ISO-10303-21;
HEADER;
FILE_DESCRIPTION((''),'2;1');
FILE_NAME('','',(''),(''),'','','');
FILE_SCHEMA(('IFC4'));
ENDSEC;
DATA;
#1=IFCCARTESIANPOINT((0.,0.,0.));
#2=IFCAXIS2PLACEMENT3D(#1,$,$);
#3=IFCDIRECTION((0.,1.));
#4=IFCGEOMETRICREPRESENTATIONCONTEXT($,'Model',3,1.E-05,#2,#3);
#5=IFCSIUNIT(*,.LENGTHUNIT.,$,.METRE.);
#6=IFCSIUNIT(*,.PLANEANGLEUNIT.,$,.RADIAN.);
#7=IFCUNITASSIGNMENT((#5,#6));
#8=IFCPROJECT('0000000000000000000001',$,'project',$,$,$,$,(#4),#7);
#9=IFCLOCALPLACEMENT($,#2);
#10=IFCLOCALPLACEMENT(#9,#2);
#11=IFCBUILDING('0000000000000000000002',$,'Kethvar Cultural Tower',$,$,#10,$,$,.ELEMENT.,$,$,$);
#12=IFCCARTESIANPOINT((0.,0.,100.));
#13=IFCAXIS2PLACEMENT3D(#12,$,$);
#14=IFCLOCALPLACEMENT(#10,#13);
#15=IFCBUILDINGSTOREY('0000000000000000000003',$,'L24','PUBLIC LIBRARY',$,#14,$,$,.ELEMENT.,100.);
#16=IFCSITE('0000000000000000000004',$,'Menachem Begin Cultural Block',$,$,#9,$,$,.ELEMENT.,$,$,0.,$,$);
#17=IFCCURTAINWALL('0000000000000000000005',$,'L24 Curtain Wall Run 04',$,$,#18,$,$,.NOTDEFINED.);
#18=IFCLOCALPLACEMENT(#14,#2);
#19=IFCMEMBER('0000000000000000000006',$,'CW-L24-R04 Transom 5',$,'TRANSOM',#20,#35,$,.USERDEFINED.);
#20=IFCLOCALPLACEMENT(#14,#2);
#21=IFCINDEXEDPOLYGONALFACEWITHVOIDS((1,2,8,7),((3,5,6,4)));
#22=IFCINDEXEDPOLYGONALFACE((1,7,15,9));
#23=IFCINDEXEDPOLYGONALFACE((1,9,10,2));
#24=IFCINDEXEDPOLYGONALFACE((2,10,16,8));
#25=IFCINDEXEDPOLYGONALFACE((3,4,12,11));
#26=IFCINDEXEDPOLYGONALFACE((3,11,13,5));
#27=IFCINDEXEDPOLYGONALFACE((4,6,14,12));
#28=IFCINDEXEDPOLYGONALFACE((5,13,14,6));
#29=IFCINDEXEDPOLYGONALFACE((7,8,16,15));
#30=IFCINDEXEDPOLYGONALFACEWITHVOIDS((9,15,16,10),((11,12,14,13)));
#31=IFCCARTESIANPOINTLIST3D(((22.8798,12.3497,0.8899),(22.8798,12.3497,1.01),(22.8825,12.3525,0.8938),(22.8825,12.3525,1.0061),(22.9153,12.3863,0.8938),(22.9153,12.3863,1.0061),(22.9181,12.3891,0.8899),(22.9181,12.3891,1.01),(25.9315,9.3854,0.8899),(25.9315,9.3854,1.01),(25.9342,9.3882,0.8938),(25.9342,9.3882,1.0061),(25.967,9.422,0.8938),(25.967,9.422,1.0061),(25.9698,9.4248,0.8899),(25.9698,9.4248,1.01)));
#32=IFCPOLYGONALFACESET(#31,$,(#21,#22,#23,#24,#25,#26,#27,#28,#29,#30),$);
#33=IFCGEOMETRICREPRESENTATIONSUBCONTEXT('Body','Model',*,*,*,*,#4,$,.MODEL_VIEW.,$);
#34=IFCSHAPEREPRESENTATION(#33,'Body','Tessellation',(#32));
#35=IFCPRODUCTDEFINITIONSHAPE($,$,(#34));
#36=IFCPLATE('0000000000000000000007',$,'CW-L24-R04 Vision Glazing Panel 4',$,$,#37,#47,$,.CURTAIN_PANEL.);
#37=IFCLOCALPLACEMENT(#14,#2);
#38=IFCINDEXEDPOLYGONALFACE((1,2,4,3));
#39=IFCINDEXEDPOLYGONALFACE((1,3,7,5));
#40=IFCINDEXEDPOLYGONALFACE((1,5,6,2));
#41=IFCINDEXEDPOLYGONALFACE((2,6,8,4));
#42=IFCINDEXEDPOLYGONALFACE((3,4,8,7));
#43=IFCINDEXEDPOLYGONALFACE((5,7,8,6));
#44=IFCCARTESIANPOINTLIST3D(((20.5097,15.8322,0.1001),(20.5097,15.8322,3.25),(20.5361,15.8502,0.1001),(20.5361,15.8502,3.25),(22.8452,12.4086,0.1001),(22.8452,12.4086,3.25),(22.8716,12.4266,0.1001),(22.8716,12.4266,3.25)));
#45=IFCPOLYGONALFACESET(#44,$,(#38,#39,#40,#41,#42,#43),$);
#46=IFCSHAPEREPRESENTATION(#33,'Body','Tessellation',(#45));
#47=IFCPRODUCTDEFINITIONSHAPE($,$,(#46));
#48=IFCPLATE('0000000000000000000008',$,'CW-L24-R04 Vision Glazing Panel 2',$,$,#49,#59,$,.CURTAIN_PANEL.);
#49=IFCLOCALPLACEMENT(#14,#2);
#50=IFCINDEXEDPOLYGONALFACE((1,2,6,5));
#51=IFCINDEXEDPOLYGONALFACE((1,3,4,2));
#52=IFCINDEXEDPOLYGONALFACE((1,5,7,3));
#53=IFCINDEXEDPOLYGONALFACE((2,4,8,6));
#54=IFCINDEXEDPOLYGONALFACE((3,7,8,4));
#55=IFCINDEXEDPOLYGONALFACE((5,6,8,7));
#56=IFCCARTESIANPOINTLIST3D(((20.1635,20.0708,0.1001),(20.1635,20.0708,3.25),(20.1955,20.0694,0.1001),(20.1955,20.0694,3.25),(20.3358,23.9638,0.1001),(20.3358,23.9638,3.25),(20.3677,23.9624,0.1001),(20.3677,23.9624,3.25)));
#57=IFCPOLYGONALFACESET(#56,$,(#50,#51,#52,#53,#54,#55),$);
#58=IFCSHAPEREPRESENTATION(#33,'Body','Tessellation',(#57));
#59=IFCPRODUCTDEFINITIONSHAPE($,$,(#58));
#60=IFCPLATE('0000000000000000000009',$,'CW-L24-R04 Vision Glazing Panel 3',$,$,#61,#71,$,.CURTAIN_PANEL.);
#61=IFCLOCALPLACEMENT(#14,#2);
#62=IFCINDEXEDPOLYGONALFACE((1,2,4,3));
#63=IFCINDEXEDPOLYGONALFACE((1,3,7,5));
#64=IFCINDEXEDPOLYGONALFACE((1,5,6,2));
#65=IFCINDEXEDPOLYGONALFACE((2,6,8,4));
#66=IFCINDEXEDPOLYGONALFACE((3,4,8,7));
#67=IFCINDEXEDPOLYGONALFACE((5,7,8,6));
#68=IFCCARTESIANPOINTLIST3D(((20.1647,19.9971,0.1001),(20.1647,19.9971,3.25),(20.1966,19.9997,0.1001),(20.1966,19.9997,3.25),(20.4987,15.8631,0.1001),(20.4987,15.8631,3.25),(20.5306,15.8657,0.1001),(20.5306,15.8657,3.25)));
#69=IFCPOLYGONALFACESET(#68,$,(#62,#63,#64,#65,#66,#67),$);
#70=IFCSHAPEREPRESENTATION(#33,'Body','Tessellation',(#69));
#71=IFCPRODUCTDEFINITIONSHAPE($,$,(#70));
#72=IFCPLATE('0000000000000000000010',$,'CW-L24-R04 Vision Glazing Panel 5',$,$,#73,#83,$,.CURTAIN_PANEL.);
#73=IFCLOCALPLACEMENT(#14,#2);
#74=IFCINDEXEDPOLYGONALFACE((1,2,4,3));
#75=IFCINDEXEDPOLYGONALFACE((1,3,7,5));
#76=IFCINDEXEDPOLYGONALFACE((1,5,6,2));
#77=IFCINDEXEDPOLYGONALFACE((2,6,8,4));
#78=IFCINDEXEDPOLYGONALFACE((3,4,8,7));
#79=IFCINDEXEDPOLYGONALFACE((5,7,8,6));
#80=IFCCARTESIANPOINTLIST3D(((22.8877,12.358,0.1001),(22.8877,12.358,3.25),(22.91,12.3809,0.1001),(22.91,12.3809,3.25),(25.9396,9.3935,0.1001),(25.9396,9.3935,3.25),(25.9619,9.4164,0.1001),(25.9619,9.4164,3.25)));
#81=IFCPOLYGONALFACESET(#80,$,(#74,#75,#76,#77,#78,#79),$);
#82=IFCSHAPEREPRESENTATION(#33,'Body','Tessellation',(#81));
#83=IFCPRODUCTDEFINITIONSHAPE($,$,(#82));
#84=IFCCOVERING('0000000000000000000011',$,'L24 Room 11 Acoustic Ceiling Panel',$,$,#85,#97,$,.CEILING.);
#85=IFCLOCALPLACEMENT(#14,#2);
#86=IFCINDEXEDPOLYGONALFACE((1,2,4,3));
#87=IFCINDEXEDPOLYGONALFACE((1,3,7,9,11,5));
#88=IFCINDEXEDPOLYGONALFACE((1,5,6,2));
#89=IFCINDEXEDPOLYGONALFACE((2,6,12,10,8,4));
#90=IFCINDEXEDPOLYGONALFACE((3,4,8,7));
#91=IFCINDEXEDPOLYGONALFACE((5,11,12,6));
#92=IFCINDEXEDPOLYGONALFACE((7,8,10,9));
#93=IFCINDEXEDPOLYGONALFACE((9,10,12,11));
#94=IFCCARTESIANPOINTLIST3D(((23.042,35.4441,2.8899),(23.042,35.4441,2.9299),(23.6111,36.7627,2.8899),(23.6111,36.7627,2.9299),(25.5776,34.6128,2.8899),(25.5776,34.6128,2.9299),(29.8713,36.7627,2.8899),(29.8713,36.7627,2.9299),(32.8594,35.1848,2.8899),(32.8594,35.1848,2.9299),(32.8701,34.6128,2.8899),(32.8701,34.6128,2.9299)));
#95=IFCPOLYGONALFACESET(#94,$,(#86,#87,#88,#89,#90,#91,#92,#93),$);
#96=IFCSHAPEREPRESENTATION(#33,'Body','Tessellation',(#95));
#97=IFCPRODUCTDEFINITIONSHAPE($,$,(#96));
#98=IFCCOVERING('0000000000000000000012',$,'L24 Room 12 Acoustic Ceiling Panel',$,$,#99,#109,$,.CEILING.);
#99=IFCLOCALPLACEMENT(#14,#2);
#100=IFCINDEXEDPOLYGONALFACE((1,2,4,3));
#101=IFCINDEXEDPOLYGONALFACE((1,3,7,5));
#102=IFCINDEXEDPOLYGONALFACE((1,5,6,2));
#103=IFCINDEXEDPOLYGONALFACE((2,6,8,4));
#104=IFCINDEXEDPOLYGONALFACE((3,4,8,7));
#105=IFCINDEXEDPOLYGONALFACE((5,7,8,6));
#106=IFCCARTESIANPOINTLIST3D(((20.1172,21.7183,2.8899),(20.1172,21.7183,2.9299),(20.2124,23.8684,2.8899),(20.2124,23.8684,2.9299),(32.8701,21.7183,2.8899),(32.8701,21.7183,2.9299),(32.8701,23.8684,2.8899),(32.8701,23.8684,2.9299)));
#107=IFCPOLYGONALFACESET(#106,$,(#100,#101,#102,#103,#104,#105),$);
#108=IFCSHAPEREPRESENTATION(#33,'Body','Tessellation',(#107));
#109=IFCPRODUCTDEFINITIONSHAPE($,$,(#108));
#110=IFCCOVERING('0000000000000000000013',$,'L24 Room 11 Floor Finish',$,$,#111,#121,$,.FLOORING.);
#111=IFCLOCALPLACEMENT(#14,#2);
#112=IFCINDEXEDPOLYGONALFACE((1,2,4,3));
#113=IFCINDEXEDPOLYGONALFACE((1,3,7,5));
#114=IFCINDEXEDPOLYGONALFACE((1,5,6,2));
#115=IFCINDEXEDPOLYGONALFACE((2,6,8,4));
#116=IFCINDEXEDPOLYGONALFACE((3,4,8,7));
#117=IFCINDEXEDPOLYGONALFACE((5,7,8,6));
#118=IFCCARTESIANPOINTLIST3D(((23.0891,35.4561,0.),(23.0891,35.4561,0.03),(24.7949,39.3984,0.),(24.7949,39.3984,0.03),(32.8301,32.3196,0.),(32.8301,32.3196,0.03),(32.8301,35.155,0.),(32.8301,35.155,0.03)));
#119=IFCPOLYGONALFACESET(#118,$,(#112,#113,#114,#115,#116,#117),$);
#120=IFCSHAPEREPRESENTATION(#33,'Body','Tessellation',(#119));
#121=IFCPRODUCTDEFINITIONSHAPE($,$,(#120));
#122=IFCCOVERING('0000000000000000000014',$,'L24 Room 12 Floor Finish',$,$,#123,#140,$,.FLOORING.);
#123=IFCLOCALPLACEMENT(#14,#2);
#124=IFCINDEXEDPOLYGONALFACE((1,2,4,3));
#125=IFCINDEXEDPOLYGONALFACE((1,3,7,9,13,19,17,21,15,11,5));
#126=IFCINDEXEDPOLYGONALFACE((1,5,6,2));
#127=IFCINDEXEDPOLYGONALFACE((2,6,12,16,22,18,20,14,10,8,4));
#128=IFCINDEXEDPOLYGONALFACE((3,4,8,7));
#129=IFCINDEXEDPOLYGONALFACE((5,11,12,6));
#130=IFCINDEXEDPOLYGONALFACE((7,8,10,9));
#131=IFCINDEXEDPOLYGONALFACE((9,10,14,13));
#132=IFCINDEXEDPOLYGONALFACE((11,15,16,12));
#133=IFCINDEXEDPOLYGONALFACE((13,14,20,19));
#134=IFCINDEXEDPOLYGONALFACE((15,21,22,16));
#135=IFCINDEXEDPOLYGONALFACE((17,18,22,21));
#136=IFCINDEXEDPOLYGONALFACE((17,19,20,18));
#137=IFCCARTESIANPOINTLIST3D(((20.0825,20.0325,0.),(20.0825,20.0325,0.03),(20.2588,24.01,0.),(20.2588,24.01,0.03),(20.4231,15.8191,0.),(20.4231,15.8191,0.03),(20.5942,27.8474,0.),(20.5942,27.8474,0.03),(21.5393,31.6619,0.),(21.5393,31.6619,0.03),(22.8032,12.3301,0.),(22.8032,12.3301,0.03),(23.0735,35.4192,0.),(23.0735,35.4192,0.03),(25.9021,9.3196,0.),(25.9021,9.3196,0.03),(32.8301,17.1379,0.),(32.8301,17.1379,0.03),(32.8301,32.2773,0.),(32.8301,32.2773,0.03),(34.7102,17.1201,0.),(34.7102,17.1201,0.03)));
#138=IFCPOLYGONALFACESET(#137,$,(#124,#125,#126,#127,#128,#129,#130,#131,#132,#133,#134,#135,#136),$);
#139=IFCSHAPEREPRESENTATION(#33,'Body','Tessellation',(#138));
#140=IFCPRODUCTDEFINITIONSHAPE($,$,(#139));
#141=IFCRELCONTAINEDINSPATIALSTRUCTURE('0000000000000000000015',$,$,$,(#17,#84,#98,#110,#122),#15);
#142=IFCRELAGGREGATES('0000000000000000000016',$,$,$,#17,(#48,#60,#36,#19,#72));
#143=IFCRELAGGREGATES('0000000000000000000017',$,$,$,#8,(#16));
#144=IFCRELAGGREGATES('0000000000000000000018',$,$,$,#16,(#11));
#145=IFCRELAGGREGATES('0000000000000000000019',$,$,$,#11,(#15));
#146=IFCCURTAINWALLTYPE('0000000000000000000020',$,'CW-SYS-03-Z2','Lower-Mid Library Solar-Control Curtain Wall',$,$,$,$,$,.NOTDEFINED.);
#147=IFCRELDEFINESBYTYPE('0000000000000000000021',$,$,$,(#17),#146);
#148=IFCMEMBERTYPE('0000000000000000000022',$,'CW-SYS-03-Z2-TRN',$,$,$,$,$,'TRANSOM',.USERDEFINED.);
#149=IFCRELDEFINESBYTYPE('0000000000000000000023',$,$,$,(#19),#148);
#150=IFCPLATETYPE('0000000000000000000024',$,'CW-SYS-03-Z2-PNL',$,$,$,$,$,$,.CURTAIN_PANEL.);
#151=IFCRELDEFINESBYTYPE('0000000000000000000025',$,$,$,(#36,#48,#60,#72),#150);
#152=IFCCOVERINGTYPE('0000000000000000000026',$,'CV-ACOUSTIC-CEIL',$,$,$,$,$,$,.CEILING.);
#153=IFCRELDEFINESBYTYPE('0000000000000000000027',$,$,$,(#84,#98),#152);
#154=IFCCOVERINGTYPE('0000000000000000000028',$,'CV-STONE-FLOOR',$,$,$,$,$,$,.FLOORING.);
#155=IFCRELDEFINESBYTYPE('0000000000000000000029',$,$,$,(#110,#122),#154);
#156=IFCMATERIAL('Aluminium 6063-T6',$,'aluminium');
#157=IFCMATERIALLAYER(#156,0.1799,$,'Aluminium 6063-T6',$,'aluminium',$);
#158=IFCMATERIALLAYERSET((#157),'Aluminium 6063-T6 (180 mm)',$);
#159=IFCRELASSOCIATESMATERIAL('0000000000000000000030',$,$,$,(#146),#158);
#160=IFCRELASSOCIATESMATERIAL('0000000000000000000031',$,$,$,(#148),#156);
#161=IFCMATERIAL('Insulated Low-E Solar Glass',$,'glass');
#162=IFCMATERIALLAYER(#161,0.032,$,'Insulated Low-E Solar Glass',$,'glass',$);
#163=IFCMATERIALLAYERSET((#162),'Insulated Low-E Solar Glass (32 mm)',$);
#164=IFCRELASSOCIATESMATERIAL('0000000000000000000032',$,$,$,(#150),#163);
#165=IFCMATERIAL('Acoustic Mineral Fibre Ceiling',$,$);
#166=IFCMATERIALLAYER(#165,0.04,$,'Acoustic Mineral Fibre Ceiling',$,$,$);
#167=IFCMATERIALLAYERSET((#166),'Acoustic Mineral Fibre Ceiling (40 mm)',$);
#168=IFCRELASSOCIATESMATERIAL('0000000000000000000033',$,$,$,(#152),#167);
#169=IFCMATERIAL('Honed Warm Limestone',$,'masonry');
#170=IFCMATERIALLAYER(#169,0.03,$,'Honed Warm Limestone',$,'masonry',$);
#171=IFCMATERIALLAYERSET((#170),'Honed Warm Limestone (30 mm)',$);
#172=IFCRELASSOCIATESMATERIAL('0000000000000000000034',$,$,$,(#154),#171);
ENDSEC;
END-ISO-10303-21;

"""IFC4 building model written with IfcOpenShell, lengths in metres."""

from ifc_helpers import new_model, si_unit, direction, frame, origin, origin_2d, place, context, subcontext, project, spatial, polyline, rectangle, hollow_rectangle, outline, extrude, source, transform, mapped, material, layer, layer_set, material_profile, profile_set, type_object, element, aggregate, save


model = new_model("IFC4")

# Units and contexts
model_context = context("Model", 3, precision=1e-05, world=origin(), true_north=direction((0.0, 1.0)))
body_context = subcontext(model_context, "Body", "Model", "MODEL_VIEW")
ifc_project = project(units=[si_unit("LENGTHUNIT", "METRE"), si_unit("PLANEANGLEUNIT", "RADIAN")], contexts=[model_context])

# Site, building, storey
site_placement = place(None, origin())
site = spatial("IfcSite", under=ifc_project, at=site_placement, Name="Menachem Begin Cultural Block", CompositionType="ELEMENT", RefElevation=0.0)
building_placement = place(site_placement, origin())
building = spatial("IfcBuilding", under=site, at=building_placement, Name="Kethvar Cultural Tower", CompositionType="ELEMENT")
storey_placement = place(building_placement, frame((0.0, 0.0, 100.0)))
storey = spatial("IfcBuildingStorey", under=building, at=storey_placement, Name="L24", Description="PUBLIC LIBRARY", CompositionType="ELEMENT", Elevation=100.0)

# Curtain wall, member, plates
ifc_material_1 = material(Name="Aluminium 6063-T6", Category="aluminium")
ifc_layer_1 = layer(ifc_material_1, 0.1799, Name="Aluminium 6063-T6", Category="aluminium")
ifc_layer_set_1 = layer_set([ifc_layer_1], Name="Aluminium 6063-T6 (180 mm)")
curtain_wall_type = type_object("IfcCurtainWallType", Name="CW-SYS-03-Z2", Description="Lower-Mid Library Solar-Control Curtain Wall", PredefinedType="NOTDEFINED", material=ifc_layer_set_1)
curtain_wall_placement = place(storey_placement, origin())
curtain_wall = element("IfcCurtainWall", 1, at=curtain_wall_placement, inside=storey, type_object=curtain_wall_type, Name="L24 Curtain Wall Run 04", PredefinedType="NOTDEFINED")
ifc_material_profile_1 = material_profile(ifc_material_1, hollow_rectangle(XDim=0.0549, YDim=0.1201, WallThickness=0.0039, at=origin_2d()), Name="Aluminium 6063-T6 — RHS120x55x4")
ifc_profile_set_1 = profile_set([ifc_material_profile_1], Name="Aluminium 6063-T6 — RHS120x55x4")
member_type_1 = type_object("IfcMemberType", Name="CW-SYS-03-Z2-TRN", ElementType="TRANSOM", PredefinedType="USERDEFINED", material=ifc_profile_set_1)
shared_shape_1 = source(origin(), body_context, "Body", "SweptSolid", [
    extrude(hollow_rectangle(XDim=0.0549, YDim=0.1201, WallThickness=0.0039, at=origin_2d()), origin(), (0.0, 0.0, 1.0), 4.2544),
])
member_1_placement = place(storey_placement, frame((22.8989, 12.3694, 0.95), z_axis=(0.717304, -0.69676, 0.0), x_axis=(0.69676, 0.717304, 0.0)))
member_1 = element("IfcMember", 2, at=member_1_placement, type_object=member_type_1, Name="CW-L24-R04 Transom 5", ObjectType="TRANSOM", PredefinedType="USERDEFINED", context=body_context, shape_type="MappedRepresentation", body=[
    mapped(shared_shape_1, transform((0.0, 0.0, 0.0), scale=1.0)),
])
ifc_material_2 = material(Name="Insulated Low-E Solar Glass", Category="glass")
ifc_layer_2 = layer(ifc_material_2, 0.032, Name="Insulated Low-E Solar Glass", Category="glass")
ifc_layer_set_2 = layer_set([ifc_layer_2], Name="Insulated Low-E Solar Glass (32 mm)")
plate_type = type_object("IfcPlateType", Name="CW-SYS-03-Z2-PNL", PredefinedType="CURTAIN_PANEL", material=ifc_layer_set_2)
shared_shape_2 = source(origin(), body_context, "Body", "SweptSolid", [
    extrude(rectangle(XDim=4.1443, YDim=0.032, at=origin_2d()), origin(), (0.0, 0.0, 1.0), 3.1499),
])
plate_1_placement = place(storey_placement, frame((21.6907, 14.1294, 0.1001), z_axis=(0.0, 0.0, 1.0), x_axis=(0.56354, -0.826088, 0.0)))
plate_1 = element("IfcPlate", 3, at=plate_1_placement, type_object=plate_type, Name="CW-L24-R04 Vision Glazing Panel 4", PredefinedType="CURTAIN_PANEL", context=body_context, shape_type="MappedRepresentation", body=[
    mapped(shared_shape_2, transform((0.0, 0.0, 0.0), scale=1.0)),
])
shared_shape_3 = source(origin(), body_context, "Body", "SweptSolid", [
    extrude(rectangle(XDim=3.8967, YDim=0.032, at=origin_2d()), origin(), (0.0, 0.0, 1.0), 3.1499),
])
plate_2_placement = place(storey_placement, frame((20.2656, 22.0166, 0.1001), z_axis=(0.0, 0.0, 1.0), x_axis=(-0.044212, -0.999022, 0.0)))
plate_2 = element("IfcPlate", 4, at=plate_2_placement, type_object=plate_type, Name="CW-L24-R04 Vision Glazing Panel 2", PredefinedType="CURTAIN_PANEL", context=body_context, shape_type="MappedRepresentation", body=[
    mapped(shared_shape_3, transform((0.0, 0.0, 0.0), scale=1.0)),
])
shared_shape_4 = source(origin(), body_context, "Body", "SweptSolid", [
    extrude(rectangle(XDim=4.1475, YDim=0.032, at=origin_2d()), origin(), (0.0, 0.0, 1.0), 3.1499),
])
plate_3_placement = place(storey_placement, frame((20.3477, 17.9314, 0.1001), z_axis=(0.0, 0.0, 1.0), x_axis=(0.080547, -0.996751, 0.0)))
plate_3 = element("IfcPlate", 5, at=plate_3_placement, type_object=plate_type, Name="CW-L24-R04 Vision Glazing Panel 3", PredefinedType="CURTAIN_PANEL", context=body_context, shape_type="MappedRepresentation", body=[
    mapped(shared_shape_4, transform((0.0, 0.0, 0.0), scale=1.0)),
])
shared_shape_5 = source(origin(), body_context, "Body", "SweptSolid", [
    extrude(rectangle(XDim=4.2546, YDim=0.032, at=origin_2d()), origin(), (0.0, 0.0, 1.0), 3.1499),
])
plate_4_placement = place(storey_placement, frame((24.4248, 10.8872, 0.1001), z_axis=(0.0, 0.0, 1.0), x_axis=(0.7173, -0.696765, 0.0)))
plate_4 = element("IfcPlate", 6, at=plate_4_placement, type_object=plate_type, Name="CW-L24-R04 Vision Glazing Panel 5", PredefinedType="CURTAIN_PANEL", context=body_context, shape_type="MappedRepresentation", body=[
    mapped(shared_shape_5, transform((0.0, 0.0, 0.0), scale=1.0)),
])
aggregate(curtain_wall, [plate_2, plate_3, plate_1, member_1, plate_4])

# Coverings
ifc_material_3 = material(Name="Acoustic Mineral Fibre Ceiling")
ifc_layer_3 = layer(ifc_material_3, 0.04, Name="Acoustic Mineral Fibre Ceiling")
ifc_layer_set_3 = layer_set([ifc_layer_3], Name="Acoustic Mineral Fibre Ceiling (40 mm)")
covering_type_1 = type_object("IfcCoveringType", Name="CV-ACOUSTIC-CEIL", PredefinedType="CEILING", material=ifc_layer_set_3)
covering_1_placement = place(storey_placement, frame((0.0, 0.0, 2.8899)))
element("IfcCovering", 7, at=covering_1_placement, inside=storey, type_object=covering_type_1, Name="L24 Room 11 Acoustic Ceiling Panel", PredefinedType="CEILING", context=body_context, shape_type="SweptSolid", body=[
    extrude(outline(polyline([(32.8594, 35.1848), (32.8701, 34.6128), (25.5776, 34.6128), (23.042, 35.4441), (23.6111, 36.7627), (29.8713, 36.7627), (32.8594, 35.1848)])), origin(), (0.0, 0.0, 1.0), 0.04),
])
covering_2_placement = place(storey_placement, frame((0.0, 0.0, 2.8899)))
element("IfcCovering", 8, at=covering_2_placement, inside=storey, type_object=covering_type_1, Name="L24 Room 12 Acoustic Ceiling Panel", PredefinedType="CEILING", context=body_context, shape_type="SweptSolid", body=[
    extrude(outline(polyline([(20.2124, 23.8684), (32.8701, 23.8684), (32.8701, 21.7183), (20.1172, 21.7183), (20.2124, 23.8684)])), origin(), (0.0, 0.0, 1.0), 0.04),
])
ifc_material_4 = material(Name="Honed Warm Limestone", Category="masonry")
ifc_layer_4 = layer(ifc_material_4, 0.03, Name="Honed Warm Limestone", Category="masonry")
ifc_layer_set_4 = layer_set([ifc_layer_4], Name="Honed Warm Limestone (30 mm)")
covering_type_2 = type_object("IfcCoveringType", Name="CV-STONE-FLOOR", PredefinedType="FLOORING", material=ifc_layer_set_4)
covering_3_placement = place(storey_placement, origin())
element("IfcCovering", 9, at=covering_3_placement, inside=storey, type_object=covering_type_2, Name="L24 Room 11 Floor Finish", PredefinedType="FLOORING", context=body_context, shape_type="SweptSolid", body=[
    extrude(outline(polyline([(24.7949, 39.3984), (32.8301, 35.155), (32.8301, 32.3196), (23.0891, 35.4561), (24.7949, 39.3984)])), origin(), (0.0, 0.0, 1.0), 0.03),
])
covering_4_placement = place(storey_placement, origin())
element("IfcCovering", 10, at=covering_4_placement, inside=storey, type_object=covering_type_2, Name="L24 Room 12 Floor Finish", PredefinedType="FLOORING", context=body_context, shape_type="SweptSolid", body=[
    extrude(outline(polyline([(22.8032, 12.3301), (20.4231, 15.8191), (20.0825, 20.0325), (20.2588, 24.01), (20.5942, 27.8474), (21.5393, 31.6619), (23.0735, 35.4192), (32.8301, 32.2773), (32.8301, 17.1379), (34.7102, 17.1201), (25.9021, 9.3196), (22.8032, 12.3301)])), origin(), (0.0, 0.0, 1.0), 0.03),
])

save(model, "model.ifc")
